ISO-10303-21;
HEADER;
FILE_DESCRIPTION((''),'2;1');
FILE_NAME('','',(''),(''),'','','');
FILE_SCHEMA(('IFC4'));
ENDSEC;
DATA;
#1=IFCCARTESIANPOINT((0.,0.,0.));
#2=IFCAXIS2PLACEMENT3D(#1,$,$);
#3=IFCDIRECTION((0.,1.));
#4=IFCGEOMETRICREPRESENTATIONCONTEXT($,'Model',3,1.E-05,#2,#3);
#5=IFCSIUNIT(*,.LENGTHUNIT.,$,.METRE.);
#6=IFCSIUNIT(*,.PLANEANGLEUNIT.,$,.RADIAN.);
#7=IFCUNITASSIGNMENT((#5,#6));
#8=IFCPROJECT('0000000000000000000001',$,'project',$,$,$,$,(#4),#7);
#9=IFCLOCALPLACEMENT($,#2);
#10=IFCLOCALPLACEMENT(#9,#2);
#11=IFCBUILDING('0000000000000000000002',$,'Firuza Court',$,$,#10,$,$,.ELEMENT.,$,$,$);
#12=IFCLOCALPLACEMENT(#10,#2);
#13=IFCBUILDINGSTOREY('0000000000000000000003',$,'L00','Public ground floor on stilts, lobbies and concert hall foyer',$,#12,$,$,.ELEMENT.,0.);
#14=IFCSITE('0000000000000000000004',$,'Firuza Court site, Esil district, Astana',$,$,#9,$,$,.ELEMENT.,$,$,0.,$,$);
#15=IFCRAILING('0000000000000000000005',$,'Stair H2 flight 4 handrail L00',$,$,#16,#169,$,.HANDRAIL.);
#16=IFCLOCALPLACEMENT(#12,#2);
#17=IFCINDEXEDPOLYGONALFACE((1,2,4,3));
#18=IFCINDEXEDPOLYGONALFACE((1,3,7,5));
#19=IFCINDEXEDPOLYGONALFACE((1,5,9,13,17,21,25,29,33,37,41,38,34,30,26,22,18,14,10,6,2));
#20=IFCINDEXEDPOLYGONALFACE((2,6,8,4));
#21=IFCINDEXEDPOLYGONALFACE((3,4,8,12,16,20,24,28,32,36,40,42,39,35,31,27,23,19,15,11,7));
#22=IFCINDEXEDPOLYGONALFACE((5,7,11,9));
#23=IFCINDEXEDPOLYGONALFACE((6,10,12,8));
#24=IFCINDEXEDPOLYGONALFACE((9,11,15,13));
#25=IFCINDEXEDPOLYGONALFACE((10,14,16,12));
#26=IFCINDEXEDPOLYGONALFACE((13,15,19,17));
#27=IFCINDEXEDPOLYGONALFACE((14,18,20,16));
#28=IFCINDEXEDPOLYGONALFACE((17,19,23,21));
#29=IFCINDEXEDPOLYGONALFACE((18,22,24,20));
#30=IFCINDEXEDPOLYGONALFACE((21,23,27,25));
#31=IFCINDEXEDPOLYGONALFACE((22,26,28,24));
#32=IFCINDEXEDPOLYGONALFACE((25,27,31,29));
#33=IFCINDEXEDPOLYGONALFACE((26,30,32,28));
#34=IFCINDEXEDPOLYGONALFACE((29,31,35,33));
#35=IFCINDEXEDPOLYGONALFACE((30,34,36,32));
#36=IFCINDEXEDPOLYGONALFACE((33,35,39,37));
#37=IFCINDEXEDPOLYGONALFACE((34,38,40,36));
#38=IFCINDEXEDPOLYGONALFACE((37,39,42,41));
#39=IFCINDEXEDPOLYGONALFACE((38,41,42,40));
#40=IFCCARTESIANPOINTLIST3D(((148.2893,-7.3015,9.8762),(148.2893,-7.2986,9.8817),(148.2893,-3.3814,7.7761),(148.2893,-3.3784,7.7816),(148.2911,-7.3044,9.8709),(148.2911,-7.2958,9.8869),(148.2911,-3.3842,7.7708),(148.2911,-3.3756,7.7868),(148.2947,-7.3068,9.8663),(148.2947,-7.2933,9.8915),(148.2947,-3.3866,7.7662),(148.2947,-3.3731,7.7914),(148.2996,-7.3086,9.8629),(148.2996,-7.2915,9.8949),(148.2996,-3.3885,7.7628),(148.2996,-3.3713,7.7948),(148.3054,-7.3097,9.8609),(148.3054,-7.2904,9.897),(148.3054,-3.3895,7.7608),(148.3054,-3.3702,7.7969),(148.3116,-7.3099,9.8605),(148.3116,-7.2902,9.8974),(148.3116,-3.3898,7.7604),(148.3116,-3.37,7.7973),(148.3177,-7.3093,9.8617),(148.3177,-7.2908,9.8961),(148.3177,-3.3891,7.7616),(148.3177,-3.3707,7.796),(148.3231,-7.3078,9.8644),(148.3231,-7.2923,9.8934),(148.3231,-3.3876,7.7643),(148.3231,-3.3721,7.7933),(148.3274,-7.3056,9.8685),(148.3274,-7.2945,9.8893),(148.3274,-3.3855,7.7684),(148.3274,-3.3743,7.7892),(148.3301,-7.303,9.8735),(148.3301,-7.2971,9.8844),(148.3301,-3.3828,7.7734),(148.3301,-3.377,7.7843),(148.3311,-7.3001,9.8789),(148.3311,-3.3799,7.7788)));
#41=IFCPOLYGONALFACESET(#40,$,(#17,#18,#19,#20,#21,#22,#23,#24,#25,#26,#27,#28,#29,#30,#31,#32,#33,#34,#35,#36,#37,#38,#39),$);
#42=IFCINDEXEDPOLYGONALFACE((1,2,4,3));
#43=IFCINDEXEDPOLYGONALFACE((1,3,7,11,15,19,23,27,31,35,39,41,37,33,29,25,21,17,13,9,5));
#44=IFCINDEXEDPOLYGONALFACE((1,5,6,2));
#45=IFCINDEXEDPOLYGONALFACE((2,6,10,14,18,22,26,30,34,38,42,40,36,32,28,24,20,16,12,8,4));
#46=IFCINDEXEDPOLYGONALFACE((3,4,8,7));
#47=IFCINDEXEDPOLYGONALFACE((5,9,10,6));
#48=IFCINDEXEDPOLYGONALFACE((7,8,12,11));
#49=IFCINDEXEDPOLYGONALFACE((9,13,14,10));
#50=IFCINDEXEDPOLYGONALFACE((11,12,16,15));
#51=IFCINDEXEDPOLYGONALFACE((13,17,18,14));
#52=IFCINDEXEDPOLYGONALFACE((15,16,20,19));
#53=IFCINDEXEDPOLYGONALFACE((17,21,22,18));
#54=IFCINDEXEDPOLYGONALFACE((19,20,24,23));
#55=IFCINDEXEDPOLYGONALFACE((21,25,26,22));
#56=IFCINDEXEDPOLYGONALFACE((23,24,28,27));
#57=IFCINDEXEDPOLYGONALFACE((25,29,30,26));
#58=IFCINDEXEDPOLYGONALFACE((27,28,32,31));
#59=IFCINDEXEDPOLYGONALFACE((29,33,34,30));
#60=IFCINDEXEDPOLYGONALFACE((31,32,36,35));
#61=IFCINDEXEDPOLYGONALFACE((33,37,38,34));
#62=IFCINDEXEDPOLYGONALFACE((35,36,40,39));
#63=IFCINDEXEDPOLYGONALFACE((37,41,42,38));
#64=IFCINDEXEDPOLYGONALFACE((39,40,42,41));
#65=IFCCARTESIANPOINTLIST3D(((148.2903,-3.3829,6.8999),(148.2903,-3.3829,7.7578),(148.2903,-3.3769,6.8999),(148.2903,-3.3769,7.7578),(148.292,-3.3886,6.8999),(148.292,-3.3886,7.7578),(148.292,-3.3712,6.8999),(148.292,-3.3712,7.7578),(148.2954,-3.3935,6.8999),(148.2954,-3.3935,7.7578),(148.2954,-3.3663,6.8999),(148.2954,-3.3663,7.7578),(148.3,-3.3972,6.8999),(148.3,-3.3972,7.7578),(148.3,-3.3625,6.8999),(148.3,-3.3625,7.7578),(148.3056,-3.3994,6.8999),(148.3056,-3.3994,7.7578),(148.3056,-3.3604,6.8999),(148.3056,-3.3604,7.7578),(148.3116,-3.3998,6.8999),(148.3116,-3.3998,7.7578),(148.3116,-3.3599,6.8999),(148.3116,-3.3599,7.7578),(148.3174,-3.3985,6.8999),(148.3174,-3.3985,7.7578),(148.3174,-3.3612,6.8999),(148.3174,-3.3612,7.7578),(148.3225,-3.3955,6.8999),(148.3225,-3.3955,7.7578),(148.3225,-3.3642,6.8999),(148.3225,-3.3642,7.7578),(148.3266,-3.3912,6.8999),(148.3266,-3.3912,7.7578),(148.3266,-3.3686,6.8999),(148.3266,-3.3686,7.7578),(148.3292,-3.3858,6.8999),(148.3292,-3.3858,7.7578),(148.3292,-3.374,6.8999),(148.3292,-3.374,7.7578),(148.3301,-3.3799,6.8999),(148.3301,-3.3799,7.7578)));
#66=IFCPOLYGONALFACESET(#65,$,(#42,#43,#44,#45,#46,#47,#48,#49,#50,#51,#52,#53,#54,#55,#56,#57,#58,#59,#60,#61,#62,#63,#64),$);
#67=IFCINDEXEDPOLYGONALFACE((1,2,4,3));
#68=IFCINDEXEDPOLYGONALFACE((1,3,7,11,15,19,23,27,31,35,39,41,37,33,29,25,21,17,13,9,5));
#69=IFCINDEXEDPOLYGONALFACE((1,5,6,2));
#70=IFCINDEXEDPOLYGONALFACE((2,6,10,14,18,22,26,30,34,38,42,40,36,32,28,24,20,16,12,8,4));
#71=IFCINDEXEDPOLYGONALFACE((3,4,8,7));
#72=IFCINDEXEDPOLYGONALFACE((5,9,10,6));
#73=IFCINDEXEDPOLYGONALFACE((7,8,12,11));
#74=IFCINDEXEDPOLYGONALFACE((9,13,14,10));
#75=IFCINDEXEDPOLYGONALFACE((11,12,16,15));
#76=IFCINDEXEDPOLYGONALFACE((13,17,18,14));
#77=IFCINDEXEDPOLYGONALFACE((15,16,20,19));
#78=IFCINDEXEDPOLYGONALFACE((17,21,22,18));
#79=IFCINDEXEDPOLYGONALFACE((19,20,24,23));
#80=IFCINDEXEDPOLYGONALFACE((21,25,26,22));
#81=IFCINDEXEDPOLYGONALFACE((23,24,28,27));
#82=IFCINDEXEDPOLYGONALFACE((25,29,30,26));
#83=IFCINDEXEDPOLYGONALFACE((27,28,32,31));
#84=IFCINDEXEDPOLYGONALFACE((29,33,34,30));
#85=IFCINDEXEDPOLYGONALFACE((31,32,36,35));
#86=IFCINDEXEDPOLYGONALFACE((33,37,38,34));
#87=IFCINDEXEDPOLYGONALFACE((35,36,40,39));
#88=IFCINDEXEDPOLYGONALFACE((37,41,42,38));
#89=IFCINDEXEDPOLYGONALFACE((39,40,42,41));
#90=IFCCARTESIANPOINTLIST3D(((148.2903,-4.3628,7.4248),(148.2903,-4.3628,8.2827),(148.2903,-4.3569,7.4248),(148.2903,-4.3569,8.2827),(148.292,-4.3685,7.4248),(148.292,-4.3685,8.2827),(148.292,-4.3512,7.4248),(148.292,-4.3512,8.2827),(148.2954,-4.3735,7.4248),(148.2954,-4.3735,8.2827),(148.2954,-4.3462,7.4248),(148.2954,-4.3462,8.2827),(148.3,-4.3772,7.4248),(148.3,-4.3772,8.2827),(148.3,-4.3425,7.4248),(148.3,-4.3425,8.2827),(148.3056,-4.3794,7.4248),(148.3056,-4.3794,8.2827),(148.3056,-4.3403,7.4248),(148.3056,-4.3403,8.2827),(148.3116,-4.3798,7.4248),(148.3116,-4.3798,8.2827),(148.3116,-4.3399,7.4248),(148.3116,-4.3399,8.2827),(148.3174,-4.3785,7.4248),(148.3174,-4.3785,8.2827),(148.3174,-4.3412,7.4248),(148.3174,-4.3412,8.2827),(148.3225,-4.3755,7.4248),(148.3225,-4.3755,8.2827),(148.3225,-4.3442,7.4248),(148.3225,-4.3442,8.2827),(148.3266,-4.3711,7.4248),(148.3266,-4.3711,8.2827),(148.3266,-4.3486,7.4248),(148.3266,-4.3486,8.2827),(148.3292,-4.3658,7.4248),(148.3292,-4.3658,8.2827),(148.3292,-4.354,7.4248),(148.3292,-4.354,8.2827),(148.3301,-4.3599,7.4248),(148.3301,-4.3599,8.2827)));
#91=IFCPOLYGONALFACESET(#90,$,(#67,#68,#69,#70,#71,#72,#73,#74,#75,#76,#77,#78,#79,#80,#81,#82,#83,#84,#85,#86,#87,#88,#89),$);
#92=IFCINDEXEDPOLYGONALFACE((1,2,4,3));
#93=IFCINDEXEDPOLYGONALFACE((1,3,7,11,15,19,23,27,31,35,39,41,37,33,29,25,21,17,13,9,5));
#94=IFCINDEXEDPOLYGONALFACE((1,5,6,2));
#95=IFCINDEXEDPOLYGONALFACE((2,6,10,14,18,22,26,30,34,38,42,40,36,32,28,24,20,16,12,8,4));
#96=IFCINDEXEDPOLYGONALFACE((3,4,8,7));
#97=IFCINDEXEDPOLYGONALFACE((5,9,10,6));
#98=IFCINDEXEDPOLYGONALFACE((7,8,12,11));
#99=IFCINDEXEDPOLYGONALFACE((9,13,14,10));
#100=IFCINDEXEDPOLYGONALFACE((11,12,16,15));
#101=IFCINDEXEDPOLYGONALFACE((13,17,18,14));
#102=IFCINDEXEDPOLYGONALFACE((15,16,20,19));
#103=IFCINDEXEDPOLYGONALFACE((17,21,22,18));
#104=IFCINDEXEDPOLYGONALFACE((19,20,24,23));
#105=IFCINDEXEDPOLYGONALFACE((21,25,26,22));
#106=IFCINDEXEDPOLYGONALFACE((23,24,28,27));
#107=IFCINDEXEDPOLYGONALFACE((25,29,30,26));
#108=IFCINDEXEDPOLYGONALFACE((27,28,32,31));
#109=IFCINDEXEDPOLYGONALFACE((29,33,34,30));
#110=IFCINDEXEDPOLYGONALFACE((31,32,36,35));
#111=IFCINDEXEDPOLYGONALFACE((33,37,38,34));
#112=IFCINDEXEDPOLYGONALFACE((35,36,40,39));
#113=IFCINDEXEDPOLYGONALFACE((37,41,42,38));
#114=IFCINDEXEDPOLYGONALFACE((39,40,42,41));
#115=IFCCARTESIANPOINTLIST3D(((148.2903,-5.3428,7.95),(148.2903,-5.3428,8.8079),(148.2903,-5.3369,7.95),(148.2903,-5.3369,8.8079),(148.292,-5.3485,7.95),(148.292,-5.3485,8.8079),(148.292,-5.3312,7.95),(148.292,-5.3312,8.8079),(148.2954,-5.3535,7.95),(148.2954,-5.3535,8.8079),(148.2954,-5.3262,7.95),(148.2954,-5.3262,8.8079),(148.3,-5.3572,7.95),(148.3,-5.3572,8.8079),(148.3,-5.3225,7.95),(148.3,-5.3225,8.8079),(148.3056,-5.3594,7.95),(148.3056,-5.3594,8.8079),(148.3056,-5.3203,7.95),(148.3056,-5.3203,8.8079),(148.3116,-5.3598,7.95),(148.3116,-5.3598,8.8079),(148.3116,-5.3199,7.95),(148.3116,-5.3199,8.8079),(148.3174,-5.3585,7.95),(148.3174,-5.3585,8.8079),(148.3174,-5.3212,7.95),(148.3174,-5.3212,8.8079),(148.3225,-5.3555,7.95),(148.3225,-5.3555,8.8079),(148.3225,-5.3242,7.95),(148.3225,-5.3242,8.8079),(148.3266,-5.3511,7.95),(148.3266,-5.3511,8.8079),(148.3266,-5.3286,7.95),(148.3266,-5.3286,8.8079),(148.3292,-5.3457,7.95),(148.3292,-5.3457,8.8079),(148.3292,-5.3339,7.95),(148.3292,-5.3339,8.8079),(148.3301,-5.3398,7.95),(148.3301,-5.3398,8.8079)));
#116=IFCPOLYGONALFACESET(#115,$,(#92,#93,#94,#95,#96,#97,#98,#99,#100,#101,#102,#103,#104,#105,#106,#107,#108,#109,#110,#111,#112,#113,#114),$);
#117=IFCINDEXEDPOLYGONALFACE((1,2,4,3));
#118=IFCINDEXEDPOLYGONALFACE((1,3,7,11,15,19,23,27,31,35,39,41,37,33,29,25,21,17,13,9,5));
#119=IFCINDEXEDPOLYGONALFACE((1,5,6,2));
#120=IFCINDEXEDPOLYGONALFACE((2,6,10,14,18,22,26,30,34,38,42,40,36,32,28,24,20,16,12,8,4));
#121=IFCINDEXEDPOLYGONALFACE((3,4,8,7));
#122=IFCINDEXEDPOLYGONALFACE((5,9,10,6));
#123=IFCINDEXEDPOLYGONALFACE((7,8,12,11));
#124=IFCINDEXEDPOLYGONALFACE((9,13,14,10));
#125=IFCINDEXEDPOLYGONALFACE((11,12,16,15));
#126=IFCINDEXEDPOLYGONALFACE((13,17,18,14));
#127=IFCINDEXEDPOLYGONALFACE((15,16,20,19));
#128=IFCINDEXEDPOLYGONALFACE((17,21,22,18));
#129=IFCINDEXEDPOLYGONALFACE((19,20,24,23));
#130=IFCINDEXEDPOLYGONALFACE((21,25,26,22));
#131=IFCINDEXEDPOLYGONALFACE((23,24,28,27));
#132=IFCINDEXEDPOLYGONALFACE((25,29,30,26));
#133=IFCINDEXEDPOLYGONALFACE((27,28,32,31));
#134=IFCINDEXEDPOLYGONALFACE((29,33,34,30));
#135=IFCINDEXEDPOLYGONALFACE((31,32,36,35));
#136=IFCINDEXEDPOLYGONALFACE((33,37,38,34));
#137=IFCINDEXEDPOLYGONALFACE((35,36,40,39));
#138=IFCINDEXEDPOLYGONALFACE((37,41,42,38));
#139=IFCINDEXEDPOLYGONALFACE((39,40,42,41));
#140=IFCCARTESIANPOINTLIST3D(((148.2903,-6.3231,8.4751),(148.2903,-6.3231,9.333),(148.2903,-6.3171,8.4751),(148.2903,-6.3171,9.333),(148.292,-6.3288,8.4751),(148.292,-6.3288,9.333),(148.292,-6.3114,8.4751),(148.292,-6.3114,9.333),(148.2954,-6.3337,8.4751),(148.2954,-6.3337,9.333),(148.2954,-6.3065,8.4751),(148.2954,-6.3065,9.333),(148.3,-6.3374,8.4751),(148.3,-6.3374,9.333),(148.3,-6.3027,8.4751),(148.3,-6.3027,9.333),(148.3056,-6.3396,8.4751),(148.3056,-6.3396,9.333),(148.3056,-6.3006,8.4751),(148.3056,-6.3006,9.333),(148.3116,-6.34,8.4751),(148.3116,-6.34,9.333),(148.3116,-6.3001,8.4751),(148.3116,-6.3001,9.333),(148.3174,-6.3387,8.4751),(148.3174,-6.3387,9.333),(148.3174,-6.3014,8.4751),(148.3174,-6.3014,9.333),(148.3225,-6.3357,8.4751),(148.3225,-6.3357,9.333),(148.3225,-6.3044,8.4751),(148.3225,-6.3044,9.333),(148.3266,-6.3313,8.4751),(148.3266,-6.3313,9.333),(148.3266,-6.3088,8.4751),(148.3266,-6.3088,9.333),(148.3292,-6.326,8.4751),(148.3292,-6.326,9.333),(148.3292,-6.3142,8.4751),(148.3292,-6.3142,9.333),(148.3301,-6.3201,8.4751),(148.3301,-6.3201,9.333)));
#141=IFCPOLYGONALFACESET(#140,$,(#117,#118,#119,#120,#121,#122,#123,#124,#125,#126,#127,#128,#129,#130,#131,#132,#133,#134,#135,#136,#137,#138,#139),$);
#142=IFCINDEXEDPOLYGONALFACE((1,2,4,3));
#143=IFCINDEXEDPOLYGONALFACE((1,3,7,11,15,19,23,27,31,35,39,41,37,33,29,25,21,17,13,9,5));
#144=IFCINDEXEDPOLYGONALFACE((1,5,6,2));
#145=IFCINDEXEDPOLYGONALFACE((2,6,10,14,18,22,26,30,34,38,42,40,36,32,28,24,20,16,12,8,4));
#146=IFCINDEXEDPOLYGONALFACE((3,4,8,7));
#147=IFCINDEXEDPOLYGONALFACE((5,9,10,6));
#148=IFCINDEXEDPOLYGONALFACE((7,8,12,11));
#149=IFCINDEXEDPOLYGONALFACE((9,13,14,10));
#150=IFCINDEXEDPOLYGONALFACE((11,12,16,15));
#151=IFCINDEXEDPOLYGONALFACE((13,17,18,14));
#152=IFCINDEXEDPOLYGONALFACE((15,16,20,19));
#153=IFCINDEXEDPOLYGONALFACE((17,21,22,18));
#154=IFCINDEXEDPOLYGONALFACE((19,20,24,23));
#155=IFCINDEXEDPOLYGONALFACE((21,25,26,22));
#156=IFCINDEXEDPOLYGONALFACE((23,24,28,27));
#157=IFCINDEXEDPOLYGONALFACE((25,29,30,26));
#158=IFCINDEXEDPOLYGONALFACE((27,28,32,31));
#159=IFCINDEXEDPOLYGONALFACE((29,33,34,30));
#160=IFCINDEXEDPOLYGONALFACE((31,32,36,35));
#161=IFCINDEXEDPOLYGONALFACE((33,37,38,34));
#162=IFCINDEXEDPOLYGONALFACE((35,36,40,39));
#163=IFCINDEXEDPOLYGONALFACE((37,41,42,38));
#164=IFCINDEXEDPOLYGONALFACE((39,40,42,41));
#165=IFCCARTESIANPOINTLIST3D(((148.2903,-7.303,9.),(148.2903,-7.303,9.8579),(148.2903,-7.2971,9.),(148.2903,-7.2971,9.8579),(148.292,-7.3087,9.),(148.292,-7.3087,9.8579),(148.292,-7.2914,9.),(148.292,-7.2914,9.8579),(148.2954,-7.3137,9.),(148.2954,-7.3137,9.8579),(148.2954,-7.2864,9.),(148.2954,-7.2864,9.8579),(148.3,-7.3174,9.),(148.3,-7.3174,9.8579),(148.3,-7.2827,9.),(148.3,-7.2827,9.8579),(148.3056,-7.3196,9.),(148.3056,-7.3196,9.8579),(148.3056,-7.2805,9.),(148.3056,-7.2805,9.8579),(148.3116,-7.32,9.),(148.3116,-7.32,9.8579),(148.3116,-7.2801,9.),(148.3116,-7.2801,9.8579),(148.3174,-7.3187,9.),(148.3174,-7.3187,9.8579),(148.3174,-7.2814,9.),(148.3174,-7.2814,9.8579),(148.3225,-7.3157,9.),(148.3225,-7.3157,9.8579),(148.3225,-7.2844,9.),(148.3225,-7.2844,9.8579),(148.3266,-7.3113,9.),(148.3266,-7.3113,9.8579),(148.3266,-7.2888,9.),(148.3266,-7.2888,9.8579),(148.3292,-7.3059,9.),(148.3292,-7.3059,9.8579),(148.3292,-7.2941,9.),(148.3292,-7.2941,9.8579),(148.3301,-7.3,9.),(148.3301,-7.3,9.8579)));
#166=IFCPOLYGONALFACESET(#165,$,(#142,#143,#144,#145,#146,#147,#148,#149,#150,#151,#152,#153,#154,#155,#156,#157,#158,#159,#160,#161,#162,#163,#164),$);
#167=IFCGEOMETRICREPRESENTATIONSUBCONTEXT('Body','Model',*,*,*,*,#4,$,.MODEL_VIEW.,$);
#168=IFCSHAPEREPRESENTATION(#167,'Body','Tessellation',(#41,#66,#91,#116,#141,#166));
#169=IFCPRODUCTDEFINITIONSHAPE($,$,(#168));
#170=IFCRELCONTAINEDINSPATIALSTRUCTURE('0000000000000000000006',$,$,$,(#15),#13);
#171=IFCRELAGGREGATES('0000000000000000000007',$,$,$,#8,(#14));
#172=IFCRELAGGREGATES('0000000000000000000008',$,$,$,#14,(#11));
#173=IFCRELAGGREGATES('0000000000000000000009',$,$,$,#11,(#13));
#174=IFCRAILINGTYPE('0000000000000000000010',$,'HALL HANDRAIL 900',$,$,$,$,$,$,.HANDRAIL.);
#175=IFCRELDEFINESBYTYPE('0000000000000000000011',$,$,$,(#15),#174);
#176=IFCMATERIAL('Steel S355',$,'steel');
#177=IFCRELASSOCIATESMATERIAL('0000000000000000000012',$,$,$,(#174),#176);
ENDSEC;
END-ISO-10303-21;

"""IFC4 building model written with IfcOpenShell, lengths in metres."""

from ifc_helpers import new_model, si_unit, direction, frame, origin, origin_2d, place, context, subcontext, project, spatial, circle, extrude, material, type_object, element, save


model = new_model("IFC4")

# Units and contexts
model_context = context("Model", 3, precision=1e-05, world=origin(), true_north=direction((0.0, 1.0)))
body_context = subcontext(model_context, "Body", "Model", "MODEL_VIEW")
ifc_project = project(units=[si_unit("LENGTHUNIT", "METRE"), si_unit("PLANEANGLEUNIT", "RADIAN")], contexts=[model_context])

# Site, building, storey
site_placement = place(None, origin())
site = spatial("IfcSite", under=ifc_project, at=site_placement, Name="Firuza Court site, Esil district, Astana", CompositionType="ELEMENT", RefElevation=0.0)
building_placement = place(site_placement, origin())
building = spatial("IfcBuilding", under=site, at=building_placement, Name="Firuza Court", CompositionType="ELEMENT")
storey_placement = place(building_placement, origin())
storey = spatial("IfcBuildingStorey", under=building, at=storey_placement, Name="L00", Description="Public ground floor on stilts, lobbies and concert hall foyer", CompositionType="ELEMENT", Elevation=0.0)

# Railing
ifc_material_1 = material(Name="Steel S355", Category="steel")
railing_type_1 = type_object("IfcRailingType", Name="HALL HANDRAIL 900", PredefinedType="HANDRAIL", material=ifc_material_1)
for number, where, name in (
    (1, (148.3101, -3.3799, 6.8999), "Stair H2 flight 4 handrail L00"),
):
    element("IfcRailing", number, at=place(storey_placement, frame(where)), inside=storey, type_object=railing_type_1, Name=name, PredefinedType="HANDRAIL", context=body_context, shape_type="SweptSolid", body=[
        extrude(circle(Radius=0.021, at=origin_2d()), frame((0.0, 0.0, 0.8789), z_axis=(0.0, -0.881479, 0.472223), x_axis=(1.0, 0.0, 0.0)), (0.0, 0.0, 1.0), 4.4473),
        extrude(circle(Radius=0.02, at=origin_2d()), origin(), (0.0, 0.0, 1.0), 0.8579),
        extrude(circle(Radius=0.02, at=origin_2d()), frame((0.0, -0.98, 0.5249)), (0.0, 0.0, 1.0), 0.8579),
        extrude(circle(Radius=0.02, at=origin_2d()), frame((0.0, -1.96, 1.05)), (0.0, 0.0, 1.0), 0.8579),
        extrude(circle(Radius=0.02, at=origin_2d()), frame((0.0, -2.9402, 1.5752)), (0.0, 0.0, 1.0), 0.8579),
        extrude(circle(Radius=0.02, at=origin_2d()), frame((0.0, -3.9202, 2.1001)), (0.0, 0.0, 1.0), 0.8579),
    ])

save(model, "model.ifc")
